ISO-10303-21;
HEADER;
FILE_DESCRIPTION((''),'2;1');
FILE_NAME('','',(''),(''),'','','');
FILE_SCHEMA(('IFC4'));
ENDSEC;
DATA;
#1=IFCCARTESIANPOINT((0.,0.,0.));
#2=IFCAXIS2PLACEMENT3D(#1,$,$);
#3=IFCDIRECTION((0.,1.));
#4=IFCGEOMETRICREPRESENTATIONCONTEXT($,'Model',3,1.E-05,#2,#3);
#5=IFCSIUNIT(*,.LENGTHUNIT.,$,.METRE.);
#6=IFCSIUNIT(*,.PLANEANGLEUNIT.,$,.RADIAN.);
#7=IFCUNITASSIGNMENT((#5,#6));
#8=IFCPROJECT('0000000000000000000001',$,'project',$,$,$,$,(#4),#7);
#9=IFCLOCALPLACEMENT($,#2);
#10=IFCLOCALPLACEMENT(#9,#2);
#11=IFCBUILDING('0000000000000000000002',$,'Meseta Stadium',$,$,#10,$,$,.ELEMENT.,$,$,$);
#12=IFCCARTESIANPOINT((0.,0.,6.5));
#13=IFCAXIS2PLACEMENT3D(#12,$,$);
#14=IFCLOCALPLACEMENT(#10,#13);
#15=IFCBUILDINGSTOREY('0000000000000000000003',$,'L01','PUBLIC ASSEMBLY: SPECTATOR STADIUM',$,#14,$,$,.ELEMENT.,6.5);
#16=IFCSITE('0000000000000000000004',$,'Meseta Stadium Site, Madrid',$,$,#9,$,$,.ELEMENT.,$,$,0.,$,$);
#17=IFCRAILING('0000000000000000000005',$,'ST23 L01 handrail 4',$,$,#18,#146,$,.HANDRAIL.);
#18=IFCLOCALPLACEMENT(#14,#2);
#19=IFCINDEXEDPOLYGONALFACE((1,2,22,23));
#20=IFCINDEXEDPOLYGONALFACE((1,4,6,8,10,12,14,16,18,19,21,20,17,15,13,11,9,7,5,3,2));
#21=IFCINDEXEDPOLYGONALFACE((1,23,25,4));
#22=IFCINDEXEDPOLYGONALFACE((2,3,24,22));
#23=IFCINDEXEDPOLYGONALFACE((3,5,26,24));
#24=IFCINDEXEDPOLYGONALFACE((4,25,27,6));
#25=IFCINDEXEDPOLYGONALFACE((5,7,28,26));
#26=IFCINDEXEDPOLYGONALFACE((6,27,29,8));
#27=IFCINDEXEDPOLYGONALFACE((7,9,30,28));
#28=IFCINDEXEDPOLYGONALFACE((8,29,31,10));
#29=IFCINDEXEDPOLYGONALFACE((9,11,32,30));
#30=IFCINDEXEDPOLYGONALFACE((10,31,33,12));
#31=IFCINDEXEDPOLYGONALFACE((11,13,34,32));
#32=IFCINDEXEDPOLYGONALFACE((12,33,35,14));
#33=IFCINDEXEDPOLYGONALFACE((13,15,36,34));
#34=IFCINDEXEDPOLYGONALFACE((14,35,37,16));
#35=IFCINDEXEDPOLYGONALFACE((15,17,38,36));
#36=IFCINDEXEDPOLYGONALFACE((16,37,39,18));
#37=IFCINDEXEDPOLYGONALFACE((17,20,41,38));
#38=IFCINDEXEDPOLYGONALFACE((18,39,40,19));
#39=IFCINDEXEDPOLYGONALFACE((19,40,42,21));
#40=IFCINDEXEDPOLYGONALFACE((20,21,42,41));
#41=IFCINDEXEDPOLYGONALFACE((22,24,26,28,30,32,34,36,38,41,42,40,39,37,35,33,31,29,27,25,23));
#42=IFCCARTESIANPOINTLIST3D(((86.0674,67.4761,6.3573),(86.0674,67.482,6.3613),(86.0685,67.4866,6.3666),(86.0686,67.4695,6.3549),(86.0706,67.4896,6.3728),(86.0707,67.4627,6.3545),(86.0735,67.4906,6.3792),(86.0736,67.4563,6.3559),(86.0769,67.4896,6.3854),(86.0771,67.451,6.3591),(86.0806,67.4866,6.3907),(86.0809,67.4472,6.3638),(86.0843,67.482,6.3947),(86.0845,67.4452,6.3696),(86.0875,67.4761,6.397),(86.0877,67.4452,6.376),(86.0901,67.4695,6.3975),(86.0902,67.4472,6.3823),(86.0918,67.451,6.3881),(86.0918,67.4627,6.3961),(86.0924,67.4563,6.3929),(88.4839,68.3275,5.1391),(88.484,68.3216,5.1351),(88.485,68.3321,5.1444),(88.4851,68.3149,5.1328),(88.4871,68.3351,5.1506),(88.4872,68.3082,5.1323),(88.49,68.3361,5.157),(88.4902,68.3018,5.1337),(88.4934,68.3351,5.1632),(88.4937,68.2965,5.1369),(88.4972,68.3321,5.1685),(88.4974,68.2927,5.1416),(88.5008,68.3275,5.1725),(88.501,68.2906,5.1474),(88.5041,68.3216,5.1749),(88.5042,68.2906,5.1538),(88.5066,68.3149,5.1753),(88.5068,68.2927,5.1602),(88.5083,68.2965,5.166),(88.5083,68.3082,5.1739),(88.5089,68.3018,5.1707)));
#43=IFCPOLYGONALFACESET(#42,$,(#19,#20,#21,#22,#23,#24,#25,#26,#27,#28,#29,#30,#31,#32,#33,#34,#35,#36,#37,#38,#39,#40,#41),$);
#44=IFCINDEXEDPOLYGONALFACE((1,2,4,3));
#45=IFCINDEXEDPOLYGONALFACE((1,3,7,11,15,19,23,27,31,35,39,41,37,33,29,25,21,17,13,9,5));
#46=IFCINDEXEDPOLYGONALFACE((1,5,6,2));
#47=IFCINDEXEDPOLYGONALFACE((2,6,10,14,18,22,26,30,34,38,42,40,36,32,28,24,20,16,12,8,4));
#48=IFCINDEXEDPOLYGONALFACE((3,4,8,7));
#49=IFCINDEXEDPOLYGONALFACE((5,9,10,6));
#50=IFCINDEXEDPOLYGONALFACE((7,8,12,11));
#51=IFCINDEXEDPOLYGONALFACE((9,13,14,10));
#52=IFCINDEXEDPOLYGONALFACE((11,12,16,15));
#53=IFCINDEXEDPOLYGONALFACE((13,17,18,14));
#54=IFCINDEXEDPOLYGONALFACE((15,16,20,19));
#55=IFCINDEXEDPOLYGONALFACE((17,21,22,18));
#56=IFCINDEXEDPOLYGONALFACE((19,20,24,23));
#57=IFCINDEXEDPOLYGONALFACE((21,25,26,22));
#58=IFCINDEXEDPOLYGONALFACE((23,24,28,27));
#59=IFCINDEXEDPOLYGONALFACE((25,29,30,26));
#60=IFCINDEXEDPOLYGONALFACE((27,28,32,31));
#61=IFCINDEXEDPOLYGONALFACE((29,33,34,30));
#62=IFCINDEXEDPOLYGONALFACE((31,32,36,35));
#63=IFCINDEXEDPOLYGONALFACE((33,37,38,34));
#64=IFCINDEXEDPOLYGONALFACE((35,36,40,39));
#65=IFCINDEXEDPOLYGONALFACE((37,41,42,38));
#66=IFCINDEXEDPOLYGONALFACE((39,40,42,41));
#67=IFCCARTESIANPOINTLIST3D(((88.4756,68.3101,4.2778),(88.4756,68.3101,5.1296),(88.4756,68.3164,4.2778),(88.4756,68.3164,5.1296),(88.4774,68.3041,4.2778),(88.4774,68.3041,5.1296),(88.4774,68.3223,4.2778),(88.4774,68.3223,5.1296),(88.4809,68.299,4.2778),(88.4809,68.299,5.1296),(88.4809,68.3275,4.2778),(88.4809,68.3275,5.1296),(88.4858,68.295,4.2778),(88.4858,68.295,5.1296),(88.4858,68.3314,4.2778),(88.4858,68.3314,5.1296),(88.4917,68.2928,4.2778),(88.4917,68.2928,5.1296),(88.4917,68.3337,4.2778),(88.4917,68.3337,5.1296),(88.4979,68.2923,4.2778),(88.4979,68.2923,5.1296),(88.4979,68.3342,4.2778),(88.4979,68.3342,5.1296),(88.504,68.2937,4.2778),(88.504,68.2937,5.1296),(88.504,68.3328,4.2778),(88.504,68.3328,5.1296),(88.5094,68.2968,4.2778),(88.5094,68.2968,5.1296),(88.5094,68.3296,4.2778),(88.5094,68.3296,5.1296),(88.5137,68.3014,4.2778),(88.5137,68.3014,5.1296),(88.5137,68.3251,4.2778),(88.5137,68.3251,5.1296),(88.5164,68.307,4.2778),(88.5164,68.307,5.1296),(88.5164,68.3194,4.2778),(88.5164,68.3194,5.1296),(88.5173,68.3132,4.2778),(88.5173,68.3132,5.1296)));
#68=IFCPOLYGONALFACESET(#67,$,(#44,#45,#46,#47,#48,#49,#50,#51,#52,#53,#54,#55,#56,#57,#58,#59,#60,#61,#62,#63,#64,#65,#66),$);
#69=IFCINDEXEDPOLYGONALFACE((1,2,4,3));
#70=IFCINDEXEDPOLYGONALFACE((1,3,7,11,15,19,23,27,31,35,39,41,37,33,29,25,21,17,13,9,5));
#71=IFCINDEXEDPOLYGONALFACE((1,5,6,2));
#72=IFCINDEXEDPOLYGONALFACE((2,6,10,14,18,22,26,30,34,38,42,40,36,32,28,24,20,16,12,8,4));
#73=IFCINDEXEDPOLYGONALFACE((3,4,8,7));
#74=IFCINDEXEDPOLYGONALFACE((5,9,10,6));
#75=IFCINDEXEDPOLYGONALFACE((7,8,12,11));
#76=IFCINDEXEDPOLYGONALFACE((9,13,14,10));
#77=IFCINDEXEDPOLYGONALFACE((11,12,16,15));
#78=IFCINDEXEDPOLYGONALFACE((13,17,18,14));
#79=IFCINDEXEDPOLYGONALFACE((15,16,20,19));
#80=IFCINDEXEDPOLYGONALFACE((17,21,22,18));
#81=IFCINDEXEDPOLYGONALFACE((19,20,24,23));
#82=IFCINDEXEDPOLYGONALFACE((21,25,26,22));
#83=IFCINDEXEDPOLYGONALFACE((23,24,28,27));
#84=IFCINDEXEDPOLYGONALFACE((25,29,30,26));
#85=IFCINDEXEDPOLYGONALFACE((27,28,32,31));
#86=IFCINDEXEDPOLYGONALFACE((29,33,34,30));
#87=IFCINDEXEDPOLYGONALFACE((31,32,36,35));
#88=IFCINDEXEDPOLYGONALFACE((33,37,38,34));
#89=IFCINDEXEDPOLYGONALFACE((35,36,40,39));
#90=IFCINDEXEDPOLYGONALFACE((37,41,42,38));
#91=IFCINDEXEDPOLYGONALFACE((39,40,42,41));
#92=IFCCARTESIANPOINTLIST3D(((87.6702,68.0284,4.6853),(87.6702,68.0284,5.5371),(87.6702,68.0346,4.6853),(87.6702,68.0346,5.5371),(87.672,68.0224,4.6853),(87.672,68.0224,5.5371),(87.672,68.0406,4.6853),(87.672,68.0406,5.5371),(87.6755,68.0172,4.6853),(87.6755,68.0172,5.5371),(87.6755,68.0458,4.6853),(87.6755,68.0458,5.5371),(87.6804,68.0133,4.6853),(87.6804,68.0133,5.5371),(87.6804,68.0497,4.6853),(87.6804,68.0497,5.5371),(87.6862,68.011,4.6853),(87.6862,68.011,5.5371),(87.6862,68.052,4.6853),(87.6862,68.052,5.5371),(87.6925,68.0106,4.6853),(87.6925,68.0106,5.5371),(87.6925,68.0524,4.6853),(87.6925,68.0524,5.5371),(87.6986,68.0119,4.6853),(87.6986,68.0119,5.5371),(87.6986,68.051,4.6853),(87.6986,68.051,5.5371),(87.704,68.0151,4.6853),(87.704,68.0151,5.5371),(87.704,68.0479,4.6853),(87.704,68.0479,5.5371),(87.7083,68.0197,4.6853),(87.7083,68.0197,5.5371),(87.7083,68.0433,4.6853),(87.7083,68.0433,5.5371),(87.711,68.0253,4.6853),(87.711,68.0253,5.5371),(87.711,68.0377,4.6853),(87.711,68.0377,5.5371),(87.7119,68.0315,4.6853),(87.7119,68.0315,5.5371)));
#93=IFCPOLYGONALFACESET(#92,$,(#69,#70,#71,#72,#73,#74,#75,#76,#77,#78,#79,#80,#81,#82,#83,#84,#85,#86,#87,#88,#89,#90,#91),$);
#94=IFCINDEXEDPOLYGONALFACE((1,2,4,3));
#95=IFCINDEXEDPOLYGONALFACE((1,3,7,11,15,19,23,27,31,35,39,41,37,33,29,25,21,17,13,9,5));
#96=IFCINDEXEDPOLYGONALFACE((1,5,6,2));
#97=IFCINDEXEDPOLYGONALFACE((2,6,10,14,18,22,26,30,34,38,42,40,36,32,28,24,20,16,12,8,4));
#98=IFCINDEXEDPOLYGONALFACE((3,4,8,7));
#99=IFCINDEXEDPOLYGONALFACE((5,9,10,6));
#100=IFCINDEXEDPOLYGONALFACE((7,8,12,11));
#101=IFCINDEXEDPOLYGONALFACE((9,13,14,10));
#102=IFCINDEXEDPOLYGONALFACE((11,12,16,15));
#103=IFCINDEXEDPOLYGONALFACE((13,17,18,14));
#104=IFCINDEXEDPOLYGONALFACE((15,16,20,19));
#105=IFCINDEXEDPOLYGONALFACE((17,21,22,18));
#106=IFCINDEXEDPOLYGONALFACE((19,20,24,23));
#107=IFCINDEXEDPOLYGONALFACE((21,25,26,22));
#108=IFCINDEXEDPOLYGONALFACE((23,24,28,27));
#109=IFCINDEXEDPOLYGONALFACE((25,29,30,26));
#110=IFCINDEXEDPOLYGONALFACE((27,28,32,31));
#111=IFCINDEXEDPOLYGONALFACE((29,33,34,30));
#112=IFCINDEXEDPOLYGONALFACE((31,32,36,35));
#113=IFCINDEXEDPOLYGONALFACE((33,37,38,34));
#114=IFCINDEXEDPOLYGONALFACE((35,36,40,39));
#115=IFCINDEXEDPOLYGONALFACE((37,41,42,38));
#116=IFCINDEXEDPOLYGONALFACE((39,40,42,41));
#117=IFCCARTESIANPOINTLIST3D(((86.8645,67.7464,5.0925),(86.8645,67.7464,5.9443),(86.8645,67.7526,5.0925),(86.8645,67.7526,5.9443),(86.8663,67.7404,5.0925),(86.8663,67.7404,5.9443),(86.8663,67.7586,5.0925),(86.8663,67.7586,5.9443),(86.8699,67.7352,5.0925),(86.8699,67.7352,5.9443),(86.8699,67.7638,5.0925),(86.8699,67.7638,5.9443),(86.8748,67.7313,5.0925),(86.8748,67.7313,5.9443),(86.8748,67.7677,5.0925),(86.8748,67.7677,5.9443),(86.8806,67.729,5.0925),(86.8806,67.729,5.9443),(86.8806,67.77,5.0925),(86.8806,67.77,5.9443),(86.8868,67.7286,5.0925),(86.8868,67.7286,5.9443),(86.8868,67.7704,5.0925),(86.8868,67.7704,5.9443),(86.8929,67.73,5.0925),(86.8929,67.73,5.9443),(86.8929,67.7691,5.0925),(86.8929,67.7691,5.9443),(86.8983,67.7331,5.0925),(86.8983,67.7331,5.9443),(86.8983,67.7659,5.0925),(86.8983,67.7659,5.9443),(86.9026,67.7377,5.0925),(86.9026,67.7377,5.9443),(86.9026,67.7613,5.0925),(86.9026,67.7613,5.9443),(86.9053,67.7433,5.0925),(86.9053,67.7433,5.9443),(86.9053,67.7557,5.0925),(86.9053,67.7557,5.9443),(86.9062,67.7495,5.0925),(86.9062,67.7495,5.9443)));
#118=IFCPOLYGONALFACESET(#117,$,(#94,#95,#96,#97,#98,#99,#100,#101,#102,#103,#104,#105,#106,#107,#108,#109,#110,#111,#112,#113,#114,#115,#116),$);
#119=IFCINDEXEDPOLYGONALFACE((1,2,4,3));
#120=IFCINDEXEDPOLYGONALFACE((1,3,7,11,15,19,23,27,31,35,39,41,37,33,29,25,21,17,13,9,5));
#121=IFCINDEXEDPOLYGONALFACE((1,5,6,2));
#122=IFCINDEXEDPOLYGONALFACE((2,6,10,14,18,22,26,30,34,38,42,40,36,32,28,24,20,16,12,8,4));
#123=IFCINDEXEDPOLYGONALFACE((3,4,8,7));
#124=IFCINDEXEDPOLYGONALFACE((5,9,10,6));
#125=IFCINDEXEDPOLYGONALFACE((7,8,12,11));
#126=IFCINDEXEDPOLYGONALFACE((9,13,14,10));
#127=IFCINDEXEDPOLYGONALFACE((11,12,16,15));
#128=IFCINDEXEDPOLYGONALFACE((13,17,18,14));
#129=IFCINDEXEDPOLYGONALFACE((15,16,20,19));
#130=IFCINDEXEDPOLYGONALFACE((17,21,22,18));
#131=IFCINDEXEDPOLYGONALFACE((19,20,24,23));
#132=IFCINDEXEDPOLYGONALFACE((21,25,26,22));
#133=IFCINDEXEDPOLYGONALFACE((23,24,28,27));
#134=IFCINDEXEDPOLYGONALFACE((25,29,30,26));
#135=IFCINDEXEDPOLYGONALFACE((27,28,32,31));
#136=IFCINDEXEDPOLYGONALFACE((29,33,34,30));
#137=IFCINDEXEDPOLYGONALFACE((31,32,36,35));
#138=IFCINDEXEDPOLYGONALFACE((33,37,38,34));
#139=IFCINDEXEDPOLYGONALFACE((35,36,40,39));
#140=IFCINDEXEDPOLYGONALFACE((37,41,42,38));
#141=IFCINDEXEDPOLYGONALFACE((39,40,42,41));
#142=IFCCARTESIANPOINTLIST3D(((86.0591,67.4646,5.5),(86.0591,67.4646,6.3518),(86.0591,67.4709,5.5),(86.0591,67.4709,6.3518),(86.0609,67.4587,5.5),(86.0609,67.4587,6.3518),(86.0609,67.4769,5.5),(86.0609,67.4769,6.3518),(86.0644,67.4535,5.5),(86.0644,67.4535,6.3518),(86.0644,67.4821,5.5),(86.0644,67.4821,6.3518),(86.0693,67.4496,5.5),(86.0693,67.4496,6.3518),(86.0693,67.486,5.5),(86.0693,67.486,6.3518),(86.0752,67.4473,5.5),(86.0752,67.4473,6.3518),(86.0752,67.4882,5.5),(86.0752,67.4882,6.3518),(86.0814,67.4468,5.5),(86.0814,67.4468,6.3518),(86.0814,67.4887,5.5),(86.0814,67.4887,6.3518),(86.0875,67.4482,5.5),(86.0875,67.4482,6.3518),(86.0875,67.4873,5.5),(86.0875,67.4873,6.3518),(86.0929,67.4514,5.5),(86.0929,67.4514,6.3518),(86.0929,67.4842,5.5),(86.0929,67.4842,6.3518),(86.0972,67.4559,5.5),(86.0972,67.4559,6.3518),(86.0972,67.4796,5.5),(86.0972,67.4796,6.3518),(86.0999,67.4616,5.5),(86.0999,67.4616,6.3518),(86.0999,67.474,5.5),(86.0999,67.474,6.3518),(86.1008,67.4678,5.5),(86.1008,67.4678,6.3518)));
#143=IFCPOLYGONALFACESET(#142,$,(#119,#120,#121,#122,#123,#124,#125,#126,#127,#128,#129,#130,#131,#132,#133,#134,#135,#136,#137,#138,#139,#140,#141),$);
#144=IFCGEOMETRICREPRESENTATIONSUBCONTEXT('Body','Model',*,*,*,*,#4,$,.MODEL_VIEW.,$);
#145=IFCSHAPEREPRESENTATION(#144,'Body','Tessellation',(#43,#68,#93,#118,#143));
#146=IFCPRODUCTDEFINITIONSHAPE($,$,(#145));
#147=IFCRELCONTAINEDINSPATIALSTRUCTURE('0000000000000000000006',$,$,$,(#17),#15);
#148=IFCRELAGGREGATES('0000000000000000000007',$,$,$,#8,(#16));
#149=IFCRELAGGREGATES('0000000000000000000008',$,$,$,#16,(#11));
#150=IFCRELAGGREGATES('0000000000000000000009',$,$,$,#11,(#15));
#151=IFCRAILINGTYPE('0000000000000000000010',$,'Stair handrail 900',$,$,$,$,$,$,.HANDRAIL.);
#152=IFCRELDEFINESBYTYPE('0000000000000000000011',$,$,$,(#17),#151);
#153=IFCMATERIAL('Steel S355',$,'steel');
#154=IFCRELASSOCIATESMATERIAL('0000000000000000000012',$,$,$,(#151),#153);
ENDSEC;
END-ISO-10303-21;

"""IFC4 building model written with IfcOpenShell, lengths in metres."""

from ifc_helpers import new_model, si_unit, direction, frame, origin, origin_2d, place, context, subcontext, project, spatial, circle, extrude, material, type_object, element, save


model = new_model("IFC4")

# Units and contexts
model_context = context("Model", 3, precision=1e-05, world=origin(), true_north=direction((0.0, 1.0)))
body_context = subcontext(model_context, "Body", "Model", "MODEL_VIEW")
ifc_project = project(units=[si_unit("LENGTHUNIT", "METRE"), si_unit("PLANEANGLEUNIT", "RADIAN")], contexts=[model_context])

# Site, building, storey
site_placement = place(None, origin())
site = spatial("IfcSite", under=ifc_project, at=site_placement, Name="Meseta Stadium Site, Madrid", CompositionType="ELEMENT", RefElevation=0.0)
building_placement = place(site_placement, origin())
building = spatial("IfcBuilding", under=site, at=building_placement, Name="Meseta Stadium", CompositionType="ELEMENT")
storey_placement = place(building_placement, frame((0.0, 0.0, 6.5)))
storey = spatial("IfcBuildingStorey", under=building, at=storey_placement, Name="L01", Description="PUBLIC ASSEMBLY: SPECTATOR STADIUM", CompositionType="ELEMENT", Elevation=6.5)

# Railing
ifc_material_1 = material(Name="Steel S355", Category="steel")
railing_type_1 = type_object("IfcRailingType", Name="Stair handrail 900", PredefinedType="HANDRAIL", material=ifc_material_1)
for number, where, name in (
    (1, (88.4963, 68.3132, 4.2778), "ST23 L01 handrail 4"),
):
    element("IfcRailing", number, at=place(storey_placement, frame(where)), inside=storey, type_object=railing_type_1, Name=name, PredefinedType="HANDRAIL", context=body_context, shape_type="SweptSolid", body=[
        extrude(circle(Radius=0.0239, at=origin_2d()), frame((0.0, 0.0, 0.876), z_axis=(-0.851812, -0.298022, 0.430811), x_axis=(0.33024, -0.943897, 0.0)), (0.0, 0.0, 1.0), 2.8369),
        extrude(circle(Radius=0.021, at=origin_2d()), origin(), (0.0, 0.0, 1.0), 0.8518),
        extrude(circle(Radius=0.021, at=origin_2d()), frame((-0.8054, -0.2817, 0.4075)), (0.0, 0.0, 1.0), 0.8518),
        extrude(circle(Radius=0.021, at=origin_2d()), frame((-1.6111, -0.5637, 0.8147)), (0.0, 0.0, 1.0), 0.8518),
        extrude(circle(Radius=0.021, at=origin_2d()), frame((-2.4165, -0.8455, 1.2222)), (0.0, 0.0, 1.0), 0.8518),
    ])

save(model, "model.ifc")
